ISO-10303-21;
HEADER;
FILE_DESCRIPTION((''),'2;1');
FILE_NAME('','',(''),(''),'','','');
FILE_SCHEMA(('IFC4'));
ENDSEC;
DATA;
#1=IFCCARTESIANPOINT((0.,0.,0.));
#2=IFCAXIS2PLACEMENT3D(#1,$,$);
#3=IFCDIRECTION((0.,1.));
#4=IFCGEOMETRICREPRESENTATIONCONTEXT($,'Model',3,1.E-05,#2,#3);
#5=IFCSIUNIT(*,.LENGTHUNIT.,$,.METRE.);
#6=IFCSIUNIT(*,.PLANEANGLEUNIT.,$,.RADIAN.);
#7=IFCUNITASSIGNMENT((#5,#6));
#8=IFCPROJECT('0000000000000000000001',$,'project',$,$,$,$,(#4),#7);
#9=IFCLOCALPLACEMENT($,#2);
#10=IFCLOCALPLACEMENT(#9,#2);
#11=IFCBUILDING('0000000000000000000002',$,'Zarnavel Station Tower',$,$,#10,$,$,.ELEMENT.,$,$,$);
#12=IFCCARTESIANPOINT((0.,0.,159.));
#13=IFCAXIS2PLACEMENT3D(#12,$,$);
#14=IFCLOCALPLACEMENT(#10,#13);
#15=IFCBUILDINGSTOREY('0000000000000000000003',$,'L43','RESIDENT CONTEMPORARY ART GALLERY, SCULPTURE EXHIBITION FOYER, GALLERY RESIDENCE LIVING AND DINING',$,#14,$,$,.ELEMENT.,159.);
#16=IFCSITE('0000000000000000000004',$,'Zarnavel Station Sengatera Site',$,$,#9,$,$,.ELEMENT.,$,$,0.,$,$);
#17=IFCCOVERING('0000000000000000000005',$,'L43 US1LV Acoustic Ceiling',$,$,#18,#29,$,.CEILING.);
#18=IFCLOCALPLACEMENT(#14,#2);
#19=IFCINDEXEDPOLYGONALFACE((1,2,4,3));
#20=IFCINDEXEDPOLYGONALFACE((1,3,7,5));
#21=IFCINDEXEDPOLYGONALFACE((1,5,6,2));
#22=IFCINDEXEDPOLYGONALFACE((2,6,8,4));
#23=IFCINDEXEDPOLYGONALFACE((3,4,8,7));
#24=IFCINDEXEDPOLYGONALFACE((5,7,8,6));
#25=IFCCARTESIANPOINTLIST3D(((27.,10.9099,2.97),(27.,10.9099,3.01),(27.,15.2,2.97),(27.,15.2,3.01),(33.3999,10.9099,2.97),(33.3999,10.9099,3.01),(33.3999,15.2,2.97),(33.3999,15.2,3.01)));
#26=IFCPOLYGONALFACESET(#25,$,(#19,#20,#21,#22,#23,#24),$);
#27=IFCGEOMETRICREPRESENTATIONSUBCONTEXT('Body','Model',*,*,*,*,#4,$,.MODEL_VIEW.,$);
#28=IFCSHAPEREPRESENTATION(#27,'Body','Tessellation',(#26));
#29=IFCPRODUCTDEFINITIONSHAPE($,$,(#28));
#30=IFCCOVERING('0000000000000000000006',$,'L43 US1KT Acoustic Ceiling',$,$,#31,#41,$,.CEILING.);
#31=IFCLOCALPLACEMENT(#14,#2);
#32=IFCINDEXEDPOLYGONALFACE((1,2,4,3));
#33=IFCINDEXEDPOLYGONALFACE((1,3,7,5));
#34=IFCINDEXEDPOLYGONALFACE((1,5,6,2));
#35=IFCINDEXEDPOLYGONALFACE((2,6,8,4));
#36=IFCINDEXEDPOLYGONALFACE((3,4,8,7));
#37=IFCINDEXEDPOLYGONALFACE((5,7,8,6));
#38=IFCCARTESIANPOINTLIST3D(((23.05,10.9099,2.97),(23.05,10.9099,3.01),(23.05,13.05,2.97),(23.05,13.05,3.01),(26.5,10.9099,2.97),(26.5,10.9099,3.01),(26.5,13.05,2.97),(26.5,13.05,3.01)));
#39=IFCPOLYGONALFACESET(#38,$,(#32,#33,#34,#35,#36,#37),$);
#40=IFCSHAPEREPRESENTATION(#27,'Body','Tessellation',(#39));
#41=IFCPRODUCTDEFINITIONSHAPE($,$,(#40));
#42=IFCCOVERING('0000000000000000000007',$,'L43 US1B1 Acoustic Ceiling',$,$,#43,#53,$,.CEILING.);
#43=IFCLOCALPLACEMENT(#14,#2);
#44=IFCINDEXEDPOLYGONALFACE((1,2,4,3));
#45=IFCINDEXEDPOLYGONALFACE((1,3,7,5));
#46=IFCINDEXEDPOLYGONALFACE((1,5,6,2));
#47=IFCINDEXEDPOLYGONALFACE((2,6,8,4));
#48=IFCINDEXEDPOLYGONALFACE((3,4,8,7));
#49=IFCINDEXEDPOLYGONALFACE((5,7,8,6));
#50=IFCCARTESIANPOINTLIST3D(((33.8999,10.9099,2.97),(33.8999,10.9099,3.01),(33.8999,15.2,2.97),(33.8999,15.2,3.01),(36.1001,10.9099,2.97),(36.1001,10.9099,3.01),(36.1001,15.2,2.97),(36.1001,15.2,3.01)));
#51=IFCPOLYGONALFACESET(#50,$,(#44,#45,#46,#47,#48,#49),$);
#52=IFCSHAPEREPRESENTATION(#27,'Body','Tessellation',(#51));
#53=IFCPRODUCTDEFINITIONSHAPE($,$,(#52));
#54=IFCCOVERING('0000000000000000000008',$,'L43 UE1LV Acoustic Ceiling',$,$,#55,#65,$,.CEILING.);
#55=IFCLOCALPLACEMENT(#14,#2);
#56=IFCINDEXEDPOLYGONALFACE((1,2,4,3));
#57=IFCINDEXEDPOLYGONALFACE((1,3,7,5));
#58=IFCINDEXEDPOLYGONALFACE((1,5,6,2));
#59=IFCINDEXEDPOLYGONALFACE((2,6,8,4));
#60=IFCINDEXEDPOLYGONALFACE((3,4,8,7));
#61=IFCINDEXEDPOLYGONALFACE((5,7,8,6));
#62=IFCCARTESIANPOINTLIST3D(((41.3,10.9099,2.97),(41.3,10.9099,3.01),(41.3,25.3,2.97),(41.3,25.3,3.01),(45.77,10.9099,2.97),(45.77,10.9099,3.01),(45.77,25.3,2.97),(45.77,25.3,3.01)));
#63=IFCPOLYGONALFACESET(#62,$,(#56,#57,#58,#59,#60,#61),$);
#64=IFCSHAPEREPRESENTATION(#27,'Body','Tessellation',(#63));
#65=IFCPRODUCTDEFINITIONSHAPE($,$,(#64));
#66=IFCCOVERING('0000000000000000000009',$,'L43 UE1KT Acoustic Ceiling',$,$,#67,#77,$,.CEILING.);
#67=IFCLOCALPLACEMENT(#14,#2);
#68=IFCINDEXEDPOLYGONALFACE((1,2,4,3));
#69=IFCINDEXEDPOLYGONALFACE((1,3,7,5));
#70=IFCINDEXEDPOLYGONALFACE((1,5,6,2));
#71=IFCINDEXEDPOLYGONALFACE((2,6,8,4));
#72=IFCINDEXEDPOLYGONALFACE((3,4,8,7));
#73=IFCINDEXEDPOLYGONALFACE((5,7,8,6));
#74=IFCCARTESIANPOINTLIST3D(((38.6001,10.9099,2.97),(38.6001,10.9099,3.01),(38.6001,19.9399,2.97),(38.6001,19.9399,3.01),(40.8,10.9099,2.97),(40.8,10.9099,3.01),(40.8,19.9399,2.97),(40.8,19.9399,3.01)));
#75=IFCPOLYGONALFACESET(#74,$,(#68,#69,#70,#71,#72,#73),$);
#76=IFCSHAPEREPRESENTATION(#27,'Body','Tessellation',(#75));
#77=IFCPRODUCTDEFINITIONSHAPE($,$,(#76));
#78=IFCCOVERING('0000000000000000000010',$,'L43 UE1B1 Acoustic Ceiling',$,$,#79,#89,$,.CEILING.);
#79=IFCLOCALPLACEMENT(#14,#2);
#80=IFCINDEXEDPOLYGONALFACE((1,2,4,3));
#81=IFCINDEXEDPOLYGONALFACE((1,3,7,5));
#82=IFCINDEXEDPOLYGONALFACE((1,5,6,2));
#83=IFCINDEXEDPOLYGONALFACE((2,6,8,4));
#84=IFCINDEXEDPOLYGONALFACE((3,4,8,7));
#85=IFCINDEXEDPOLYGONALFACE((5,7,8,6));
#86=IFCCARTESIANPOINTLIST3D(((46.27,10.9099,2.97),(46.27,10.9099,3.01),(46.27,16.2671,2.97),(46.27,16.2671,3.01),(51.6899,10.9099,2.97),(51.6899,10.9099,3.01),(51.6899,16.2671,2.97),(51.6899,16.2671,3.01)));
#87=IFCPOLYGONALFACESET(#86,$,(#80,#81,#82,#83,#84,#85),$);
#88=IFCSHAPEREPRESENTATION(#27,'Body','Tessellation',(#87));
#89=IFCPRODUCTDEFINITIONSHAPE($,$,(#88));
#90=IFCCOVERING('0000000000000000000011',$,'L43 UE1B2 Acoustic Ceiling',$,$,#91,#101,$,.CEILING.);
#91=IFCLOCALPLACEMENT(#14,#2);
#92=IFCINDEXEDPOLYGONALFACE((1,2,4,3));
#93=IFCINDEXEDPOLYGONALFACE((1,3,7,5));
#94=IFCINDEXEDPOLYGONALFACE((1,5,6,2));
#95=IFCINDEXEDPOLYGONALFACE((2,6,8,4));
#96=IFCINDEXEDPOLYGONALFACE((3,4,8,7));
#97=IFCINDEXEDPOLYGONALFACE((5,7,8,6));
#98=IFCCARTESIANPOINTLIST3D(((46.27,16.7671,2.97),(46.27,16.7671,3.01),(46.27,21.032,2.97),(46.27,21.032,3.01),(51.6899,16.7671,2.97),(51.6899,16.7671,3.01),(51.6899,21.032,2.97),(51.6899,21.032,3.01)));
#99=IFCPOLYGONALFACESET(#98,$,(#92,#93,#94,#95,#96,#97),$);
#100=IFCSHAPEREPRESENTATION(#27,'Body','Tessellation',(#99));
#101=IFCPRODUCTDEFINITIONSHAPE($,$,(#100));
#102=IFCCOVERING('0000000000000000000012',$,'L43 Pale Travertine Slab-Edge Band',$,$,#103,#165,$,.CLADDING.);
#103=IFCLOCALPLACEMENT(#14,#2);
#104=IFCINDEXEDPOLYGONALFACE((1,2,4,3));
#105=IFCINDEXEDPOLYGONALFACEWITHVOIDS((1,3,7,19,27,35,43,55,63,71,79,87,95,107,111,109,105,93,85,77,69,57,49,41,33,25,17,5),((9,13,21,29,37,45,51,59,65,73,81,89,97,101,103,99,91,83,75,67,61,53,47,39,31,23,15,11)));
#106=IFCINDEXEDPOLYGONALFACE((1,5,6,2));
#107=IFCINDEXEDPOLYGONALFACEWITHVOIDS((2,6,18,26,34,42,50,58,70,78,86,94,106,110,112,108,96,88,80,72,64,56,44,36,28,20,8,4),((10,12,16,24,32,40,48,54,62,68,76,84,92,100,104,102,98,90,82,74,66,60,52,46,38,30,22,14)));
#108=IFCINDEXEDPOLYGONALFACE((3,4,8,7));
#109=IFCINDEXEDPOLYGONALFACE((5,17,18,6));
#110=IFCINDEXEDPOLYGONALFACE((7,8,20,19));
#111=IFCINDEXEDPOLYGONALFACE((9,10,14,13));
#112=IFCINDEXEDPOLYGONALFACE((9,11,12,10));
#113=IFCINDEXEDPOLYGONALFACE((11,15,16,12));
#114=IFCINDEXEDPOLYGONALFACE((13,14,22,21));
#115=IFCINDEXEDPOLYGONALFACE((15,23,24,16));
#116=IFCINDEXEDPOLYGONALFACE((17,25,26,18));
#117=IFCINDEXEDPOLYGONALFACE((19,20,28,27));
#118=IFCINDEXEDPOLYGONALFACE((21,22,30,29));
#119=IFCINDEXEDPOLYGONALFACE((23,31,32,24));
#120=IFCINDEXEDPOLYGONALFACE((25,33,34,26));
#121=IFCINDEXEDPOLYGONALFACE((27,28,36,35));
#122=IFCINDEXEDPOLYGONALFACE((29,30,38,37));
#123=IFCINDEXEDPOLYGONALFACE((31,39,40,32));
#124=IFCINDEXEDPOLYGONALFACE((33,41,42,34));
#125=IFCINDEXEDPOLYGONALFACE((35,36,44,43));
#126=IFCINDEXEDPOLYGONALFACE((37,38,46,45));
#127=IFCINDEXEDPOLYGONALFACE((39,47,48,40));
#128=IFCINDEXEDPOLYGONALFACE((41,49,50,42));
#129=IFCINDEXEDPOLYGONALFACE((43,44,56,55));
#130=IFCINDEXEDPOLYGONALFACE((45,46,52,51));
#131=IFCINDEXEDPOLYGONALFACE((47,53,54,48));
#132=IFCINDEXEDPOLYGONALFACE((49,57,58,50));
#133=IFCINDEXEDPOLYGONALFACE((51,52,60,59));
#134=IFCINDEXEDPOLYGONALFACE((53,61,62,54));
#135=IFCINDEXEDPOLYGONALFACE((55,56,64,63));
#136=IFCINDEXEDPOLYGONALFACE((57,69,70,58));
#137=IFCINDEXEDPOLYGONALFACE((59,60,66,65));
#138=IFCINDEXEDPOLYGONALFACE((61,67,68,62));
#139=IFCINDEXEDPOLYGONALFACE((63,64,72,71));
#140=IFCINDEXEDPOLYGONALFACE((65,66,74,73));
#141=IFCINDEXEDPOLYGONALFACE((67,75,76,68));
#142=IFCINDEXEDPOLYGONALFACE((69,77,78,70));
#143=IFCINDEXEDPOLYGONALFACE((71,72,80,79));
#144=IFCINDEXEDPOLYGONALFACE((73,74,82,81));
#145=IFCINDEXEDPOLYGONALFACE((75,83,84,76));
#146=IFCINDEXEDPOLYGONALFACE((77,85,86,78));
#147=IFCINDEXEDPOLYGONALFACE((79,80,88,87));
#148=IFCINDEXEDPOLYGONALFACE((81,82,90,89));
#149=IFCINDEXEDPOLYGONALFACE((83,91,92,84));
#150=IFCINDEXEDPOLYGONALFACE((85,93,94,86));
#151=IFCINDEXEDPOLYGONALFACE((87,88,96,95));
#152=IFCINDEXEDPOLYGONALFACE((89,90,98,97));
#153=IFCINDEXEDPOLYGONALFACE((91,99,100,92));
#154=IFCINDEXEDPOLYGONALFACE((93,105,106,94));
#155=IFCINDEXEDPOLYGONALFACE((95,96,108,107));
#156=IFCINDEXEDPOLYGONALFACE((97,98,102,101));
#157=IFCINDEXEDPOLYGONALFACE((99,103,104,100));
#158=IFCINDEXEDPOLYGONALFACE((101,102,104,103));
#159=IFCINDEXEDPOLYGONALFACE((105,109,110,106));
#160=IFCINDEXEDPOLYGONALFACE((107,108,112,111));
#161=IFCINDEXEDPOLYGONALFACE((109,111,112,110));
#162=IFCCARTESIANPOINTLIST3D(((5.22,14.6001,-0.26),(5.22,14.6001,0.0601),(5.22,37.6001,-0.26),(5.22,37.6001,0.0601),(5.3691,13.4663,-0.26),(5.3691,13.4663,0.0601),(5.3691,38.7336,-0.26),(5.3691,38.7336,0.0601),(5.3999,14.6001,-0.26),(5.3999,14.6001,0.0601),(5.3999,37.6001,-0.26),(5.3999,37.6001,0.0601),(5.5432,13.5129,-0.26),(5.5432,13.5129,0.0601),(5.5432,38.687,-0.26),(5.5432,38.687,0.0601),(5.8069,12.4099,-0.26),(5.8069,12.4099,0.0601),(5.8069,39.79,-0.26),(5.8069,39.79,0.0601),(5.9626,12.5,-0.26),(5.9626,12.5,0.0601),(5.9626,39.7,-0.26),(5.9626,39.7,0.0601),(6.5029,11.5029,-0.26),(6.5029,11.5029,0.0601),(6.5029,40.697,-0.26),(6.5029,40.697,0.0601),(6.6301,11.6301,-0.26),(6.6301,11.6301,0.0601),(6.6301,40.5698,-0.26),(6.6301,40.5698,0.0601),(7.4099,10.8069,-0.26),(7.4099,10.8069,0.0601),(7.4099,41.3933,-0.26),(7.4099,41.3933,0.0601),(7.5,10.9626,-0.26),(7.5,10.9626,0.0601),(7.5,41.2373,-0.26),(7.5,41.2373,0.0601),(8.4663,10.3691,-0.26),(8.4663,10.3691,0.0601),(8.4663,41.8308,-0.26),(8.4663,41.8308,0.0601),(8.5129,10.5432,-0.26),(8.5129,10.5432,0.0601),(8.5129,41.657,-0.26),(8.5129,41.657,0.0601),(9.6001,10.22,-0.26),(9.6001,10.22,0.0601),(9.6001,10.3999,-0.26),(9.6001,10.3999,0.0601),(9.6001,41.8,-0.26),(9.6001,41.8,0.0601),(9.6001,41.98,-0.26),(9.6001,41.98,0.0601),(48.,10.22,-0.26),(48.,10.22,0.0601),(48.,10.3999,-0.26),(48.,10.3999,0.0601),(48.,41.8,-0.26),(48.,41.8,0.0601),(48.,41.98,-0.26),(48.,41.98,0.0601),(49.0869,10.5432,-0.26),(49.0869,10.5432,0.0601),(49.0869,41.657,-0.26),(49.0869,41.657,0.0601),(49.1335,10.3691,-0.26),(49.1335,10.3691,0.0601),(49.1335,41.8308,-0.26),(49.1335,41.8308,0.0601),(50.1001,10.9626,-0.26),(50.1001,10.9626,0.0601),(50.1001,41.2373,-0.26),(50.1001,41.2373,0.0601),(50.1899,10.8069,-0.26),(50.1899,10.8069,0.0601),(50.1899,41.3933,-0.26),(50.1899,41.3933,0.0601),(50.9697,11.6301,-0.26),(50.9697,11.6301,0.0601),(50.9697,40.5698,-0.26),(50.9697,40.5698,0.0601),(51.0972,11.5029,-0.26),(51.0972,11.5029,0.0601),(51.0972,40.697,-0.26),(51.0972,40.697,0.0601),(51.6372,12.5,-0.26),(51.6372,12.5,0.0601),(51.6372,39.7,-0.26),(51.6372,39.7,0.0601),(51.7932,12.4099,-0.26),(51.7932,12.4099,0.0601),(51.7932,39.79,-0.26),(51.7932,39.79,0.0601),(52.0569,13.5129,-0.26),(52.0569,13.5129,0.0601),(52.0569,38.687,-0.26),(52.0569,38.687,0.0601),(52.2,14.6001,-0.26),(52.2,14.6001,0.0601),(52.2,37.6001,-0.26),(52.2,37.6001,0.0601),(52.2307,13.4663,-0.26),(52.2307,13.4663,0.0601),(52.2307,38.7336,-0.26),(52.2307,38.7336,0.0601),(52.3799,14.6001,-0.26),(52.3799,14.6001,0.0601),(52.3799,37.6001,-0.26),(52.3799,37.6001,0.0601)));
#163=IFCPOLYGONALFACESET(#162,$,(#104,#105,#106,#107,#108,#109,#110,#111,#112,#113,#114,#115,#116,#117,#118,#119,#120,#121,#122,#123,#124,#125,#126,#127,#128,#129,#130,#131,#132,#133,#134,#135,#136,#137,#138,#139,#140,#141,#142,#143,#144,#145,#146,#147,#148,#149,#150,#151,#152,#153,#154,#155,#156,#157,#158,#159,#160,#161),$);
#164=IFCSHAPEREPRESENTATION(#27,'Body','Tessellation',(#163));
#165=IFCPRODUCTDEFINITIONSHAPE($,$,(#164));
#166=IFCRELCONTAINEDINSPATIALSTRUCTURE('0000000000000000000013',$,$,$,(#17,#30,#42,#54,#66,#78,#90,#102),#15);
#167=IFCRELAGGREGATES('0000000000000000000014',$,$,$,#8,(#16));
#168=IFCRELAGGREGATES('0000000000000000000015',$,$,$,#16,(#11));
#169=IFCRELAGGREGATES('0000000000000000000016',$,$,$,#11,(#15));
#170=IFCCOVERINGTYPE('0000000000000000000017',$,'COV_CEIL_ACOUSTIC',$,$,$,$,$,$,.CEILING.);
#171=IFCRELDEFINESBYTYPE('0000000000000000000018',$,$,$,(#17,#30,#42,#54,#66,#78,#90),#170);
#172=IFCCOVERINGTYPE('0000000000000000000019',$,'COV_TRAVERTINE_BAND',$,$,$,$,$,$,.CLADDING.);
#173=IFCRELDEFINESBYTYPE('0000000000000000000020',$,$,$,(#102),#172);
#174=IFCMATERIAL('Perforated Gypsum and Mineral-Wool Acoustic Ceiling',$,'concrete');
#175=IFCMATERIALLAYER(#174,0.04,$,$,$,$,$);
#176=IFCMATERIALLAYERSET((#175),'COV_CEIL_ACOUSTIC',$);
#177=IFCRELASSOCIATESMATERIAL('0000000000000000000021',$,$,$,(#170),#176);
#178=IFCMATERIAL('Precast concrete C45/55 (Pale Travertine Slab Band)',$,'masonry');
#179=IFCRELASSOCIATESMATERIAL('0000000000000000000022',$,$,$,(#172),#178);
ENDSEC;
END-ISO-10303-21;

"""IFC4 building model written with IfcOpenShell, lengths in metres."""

from ifc_helpers import new_model, si_unit, direction, frame, origin, place, context, subcontext, project, spatial, polyline, outline, extrude, material, layer, layer_set, type_object, element, save


model = new_model("IFC4")

# Units and contexts
model_context = context("Model", 3, precision=1e-05, world=origin(), true_north=direction((0.0, 1.0)))
body_context = subcontext(model_context, "Body", "Model", "MODEL_VIEW")
ifc_project = project(units=[si_unit("LENGTHUNIT", "METRE"), si_unit("PLANEANGLEUNIT", "RADIAN")], contexts=[model_context])

# Site, building, storey
site_placement = place(None, origin())
site = spatial("IfcSite", under=ifc_project, at=site_placement, Name="Zarnavel Station Sengatera Site", CompositionType="ELEMENT", RefElevation=0.0)
building_placement = place(site_placement, origin())
building = spatial("IfcBuilding", under=site, at=building_placement, Name="Zarnavel Station Tower", CompositionType="ELEMENT")
storey_placement = place(building_placement, frame((0.0, 0.0, 159.0)))
storey = spatial("IfcBuildingStorey", under=building, at=storey_placement, Name="L43", Description="RESIDENT CONTEMPORARY ART GALLERY, SCULPTURE EXHIBITION FOYER, GALLERY RESIDENCE LIVING AND DINING", CompositionType="ELEMENT", Elevation=159.0)

# Coverings
ifc_material_1 = material(Name="Perforated Gypsum and Mineral-Wool Acoustic Ceiling", Category="concrete")
ifc_layer_1 = layer(ifc_material_1, 0.04)
ifc_layer_set_1 = layer_set([ifc_layer_1], Name="COV_CEIL_ACOUSTIC")
covering_type_1 = type_object("IfcCoveringType", Name="COV_CEIL_ACOUSTIC", PredefinedType="CEILING", material=ifc_layer_set_1)
covering_1_placement = place(storey_placement, frame((0.0, 0.0, 2.97)))
element("IfcCovering", 1, at=covering_1_placement, inside=storey, type_object=covering_type_1, Name="L43 US1LV Acoustic Ceiling", PredefinedType="CEILING", context=body_context, shape_type="SweptSolid", body=[
    extrude(outline(polyline([(27.0, 10.9099), (33.3999, 10.9099), (33.3999, 15.2), (27.0, 15.2), (27.0, 10.9099)])), origin(), (0.0, 0.0, 1.0), 0.04),
])
covering_2_placement = place(storey_placement, frame((0.0, 0.0, 2.97)))
element("IfcCovering", 2, at=covering_2_placement, inside=storey, type_object=covering_type_1, Name="L43 US1KT Acoustic Ceiling", PredefinedType="CEILING", context=body_context, shape_type="SweptSolid", body=[
    extrude(outline(polyline([(23.05, 10.9099), (26.5, 10.9099), (26.5, 13.05), (23.05, 13.05), (23.05, 10.9099)])), origin(), (0.0, 0.0, 1.0), 0.04),
])
covering_3_placement = place(storey_placement, frame((0.0, 0.0, 2.97)))
element("IfcCovering", 3, at=covering_3_placement, inside=storey, type_object=covering_type_1, Name="L43 US1B1 Acoustic Ceiling", PredefinedType="CEILING", context=body_context, shape_type="SweptSolid", body=[
    extrude(outline(polyline([(33.8999, 10.9099), (36.1001, 10.9099), (36.1001, 15.2), (33.8999, 15.2), (33.8999, 10.9099)])), origin(), (0.0, 0.0, 1.0), 0.04),
])
covering_4_placement = place(storey_placement, frame((0.0, 0.0, 2.97)))
element("IfcCovering", 4, at=covering_4_placement, inside=storey, type_object=covering_type_1, Name="L43 UE1LV Acoustic Ceiling", PredefinedType="CEILING", context=body_context, shape_type="SweptSolid", body=[
    extrude(outline(polyline([(41.3, 10.9099), (45.77, 10.9099), (45.77, 25.3), (41.3, 25.3), (41.3, 10.9099)])), origin(), (0.0, 0.0, 1.0), 0.04),
])
covering_5_placement = place(storey_placement, frame((0.0, 0.0, 2.97)))
element("IfcCovering", 5, at=covering_5_placement, inside=storey, type_object=covering_type_1, Name="L43 UE1KT Acoustic Ceiling", PredefinedType="CEILING", context=body_context, shape_type="SweptSolid", body=[
    extrude(outline(polyline([(38.6001, 10.9099), (40.8, 10.9099), (40.8, 19.9399), (38.6001, 19.9399), (38.6001, 10.9099)])), origin(), (0.0, 0.0, 1.0), 0.04),
])
covering_6_placement = place(storey_placement, frame((0.0, 0.0, 2.97)))
element("IfcCovering", 6, at=covering_6_placement, inside=storey, type_object=covering_type_1, Name="L43 UE1B1 Acoustic Ceiling", PredefinedType="CEILING", context=body_context, shape_type="SweptSolid", body=[
    extrude(outline(polyline([(46.27, 10.9099), (51.6899, 10.9099), (51.6899, 16.2671), (46.27, 16.2671), (46.27, 10.9099)])), origin(), (0.0, 0.0, 1.0), 0.04),
])
covering_7_placement = place(storey_placement, frame((0.0, 0.0, 2.97)))
element("IfcCovering", 7, at=covering_7_placement, inside=storey, type_object=covering_type_1, Name="L43 UE1B2 Acoustic Ceiling", PredefinedType="CEILING", context=body_context, shape_type="SweptSolid", body=[
    extrude(outline(polyline([(46.27, 16.7671), (51.6899, 16.7671), (51.6899, 21.032), (46.27, 21.032), (46.27, 16.7671)])), origin(), (0.0, 0.0, 1.0), 0.04),
])
ifc_material_2 = material(Name="Precast concrete C45/55 (Pale Travertine Slab Band)", Category="masonry")
covering_type_2 = type_object("IfcCoveringType", Name="COV_TRAVERTINE_BAND", PredefinedType="CLADDING", material=ifc_material_2)
covering_8_placement = place(storey_placement, frame((0.0, 0.0, -0.26)))
element("IfcCovering", 8, at=covering_8_placement, inside=storey, type_object=covering_type_2, Name="L43 Pale Travertine Slab-Edge Band", PredefinedType="CLADDING", context=body_context, shape_type="SweptSolid", body=[
    extrude(outline(polyline([(48.0, 10.22), (49.1335, 10.3691), (50.1899, 10.8069), (51.0972, 11.5029), (51.7932, 12.4099), (52.2307, 13.4663), (52.3799, 14.6001), (52.3799, 37.6001), (52.2307, 38.7336), (51.7932, 39.79), (51.0972, 40.697), (50.1899, 41.3933), (49.1335, 41.8308), (48.0, 41.98), (9.6001, 41.98), (8.4663, 41.8308), (7.4099, 41.3933), (6.5029, 40.697), (5.8069, 39.79), (5.3691, 38.7336), (5.22, 37.6001), (5.22, 14.6001), (5.3691, 13.4663), (5.8069, 12.4099), (6.5029, 11.5029), (7.4099, 10.8069), (8.4663, 10.3691), (9.6001, 10.22), (48.0, 10.22)]), holes=[polyline([(48.0, 10.3999), (49.0869, 10.5432), (50.1001, 10.9626), (50.9697, 11.6301), (51.6372, 12.5), (52.0569, 13.5129), (52.2, 14.6001), (52.2, 37.6001), (52.0569, 38.687), (51.6372, 39.7), (50.9697, 40.5698), (50.1001, 41.2373), (49.0869, 41.657), (48.0, 41.8), (9.6001, 41.8), (8.5129, 41.657), (7.5, 41.2373), (6.6301, 40.5698), (5.9626, 39.7), (5.5432, 38.687), (5.3999, 37.6001), (5.3999, 14.6001), (5.5432, 13.5129), (5.9626, 12.5), (6.6301, 11.6301), (7.5, 10.9626), (8.5129, 10.5432), (9.6001, 10.3999), (48.0, 10.3999)])]), origin(), (0.0, 0.0, 1.0), 0.3201),
])

save(model, "model.ifc")
